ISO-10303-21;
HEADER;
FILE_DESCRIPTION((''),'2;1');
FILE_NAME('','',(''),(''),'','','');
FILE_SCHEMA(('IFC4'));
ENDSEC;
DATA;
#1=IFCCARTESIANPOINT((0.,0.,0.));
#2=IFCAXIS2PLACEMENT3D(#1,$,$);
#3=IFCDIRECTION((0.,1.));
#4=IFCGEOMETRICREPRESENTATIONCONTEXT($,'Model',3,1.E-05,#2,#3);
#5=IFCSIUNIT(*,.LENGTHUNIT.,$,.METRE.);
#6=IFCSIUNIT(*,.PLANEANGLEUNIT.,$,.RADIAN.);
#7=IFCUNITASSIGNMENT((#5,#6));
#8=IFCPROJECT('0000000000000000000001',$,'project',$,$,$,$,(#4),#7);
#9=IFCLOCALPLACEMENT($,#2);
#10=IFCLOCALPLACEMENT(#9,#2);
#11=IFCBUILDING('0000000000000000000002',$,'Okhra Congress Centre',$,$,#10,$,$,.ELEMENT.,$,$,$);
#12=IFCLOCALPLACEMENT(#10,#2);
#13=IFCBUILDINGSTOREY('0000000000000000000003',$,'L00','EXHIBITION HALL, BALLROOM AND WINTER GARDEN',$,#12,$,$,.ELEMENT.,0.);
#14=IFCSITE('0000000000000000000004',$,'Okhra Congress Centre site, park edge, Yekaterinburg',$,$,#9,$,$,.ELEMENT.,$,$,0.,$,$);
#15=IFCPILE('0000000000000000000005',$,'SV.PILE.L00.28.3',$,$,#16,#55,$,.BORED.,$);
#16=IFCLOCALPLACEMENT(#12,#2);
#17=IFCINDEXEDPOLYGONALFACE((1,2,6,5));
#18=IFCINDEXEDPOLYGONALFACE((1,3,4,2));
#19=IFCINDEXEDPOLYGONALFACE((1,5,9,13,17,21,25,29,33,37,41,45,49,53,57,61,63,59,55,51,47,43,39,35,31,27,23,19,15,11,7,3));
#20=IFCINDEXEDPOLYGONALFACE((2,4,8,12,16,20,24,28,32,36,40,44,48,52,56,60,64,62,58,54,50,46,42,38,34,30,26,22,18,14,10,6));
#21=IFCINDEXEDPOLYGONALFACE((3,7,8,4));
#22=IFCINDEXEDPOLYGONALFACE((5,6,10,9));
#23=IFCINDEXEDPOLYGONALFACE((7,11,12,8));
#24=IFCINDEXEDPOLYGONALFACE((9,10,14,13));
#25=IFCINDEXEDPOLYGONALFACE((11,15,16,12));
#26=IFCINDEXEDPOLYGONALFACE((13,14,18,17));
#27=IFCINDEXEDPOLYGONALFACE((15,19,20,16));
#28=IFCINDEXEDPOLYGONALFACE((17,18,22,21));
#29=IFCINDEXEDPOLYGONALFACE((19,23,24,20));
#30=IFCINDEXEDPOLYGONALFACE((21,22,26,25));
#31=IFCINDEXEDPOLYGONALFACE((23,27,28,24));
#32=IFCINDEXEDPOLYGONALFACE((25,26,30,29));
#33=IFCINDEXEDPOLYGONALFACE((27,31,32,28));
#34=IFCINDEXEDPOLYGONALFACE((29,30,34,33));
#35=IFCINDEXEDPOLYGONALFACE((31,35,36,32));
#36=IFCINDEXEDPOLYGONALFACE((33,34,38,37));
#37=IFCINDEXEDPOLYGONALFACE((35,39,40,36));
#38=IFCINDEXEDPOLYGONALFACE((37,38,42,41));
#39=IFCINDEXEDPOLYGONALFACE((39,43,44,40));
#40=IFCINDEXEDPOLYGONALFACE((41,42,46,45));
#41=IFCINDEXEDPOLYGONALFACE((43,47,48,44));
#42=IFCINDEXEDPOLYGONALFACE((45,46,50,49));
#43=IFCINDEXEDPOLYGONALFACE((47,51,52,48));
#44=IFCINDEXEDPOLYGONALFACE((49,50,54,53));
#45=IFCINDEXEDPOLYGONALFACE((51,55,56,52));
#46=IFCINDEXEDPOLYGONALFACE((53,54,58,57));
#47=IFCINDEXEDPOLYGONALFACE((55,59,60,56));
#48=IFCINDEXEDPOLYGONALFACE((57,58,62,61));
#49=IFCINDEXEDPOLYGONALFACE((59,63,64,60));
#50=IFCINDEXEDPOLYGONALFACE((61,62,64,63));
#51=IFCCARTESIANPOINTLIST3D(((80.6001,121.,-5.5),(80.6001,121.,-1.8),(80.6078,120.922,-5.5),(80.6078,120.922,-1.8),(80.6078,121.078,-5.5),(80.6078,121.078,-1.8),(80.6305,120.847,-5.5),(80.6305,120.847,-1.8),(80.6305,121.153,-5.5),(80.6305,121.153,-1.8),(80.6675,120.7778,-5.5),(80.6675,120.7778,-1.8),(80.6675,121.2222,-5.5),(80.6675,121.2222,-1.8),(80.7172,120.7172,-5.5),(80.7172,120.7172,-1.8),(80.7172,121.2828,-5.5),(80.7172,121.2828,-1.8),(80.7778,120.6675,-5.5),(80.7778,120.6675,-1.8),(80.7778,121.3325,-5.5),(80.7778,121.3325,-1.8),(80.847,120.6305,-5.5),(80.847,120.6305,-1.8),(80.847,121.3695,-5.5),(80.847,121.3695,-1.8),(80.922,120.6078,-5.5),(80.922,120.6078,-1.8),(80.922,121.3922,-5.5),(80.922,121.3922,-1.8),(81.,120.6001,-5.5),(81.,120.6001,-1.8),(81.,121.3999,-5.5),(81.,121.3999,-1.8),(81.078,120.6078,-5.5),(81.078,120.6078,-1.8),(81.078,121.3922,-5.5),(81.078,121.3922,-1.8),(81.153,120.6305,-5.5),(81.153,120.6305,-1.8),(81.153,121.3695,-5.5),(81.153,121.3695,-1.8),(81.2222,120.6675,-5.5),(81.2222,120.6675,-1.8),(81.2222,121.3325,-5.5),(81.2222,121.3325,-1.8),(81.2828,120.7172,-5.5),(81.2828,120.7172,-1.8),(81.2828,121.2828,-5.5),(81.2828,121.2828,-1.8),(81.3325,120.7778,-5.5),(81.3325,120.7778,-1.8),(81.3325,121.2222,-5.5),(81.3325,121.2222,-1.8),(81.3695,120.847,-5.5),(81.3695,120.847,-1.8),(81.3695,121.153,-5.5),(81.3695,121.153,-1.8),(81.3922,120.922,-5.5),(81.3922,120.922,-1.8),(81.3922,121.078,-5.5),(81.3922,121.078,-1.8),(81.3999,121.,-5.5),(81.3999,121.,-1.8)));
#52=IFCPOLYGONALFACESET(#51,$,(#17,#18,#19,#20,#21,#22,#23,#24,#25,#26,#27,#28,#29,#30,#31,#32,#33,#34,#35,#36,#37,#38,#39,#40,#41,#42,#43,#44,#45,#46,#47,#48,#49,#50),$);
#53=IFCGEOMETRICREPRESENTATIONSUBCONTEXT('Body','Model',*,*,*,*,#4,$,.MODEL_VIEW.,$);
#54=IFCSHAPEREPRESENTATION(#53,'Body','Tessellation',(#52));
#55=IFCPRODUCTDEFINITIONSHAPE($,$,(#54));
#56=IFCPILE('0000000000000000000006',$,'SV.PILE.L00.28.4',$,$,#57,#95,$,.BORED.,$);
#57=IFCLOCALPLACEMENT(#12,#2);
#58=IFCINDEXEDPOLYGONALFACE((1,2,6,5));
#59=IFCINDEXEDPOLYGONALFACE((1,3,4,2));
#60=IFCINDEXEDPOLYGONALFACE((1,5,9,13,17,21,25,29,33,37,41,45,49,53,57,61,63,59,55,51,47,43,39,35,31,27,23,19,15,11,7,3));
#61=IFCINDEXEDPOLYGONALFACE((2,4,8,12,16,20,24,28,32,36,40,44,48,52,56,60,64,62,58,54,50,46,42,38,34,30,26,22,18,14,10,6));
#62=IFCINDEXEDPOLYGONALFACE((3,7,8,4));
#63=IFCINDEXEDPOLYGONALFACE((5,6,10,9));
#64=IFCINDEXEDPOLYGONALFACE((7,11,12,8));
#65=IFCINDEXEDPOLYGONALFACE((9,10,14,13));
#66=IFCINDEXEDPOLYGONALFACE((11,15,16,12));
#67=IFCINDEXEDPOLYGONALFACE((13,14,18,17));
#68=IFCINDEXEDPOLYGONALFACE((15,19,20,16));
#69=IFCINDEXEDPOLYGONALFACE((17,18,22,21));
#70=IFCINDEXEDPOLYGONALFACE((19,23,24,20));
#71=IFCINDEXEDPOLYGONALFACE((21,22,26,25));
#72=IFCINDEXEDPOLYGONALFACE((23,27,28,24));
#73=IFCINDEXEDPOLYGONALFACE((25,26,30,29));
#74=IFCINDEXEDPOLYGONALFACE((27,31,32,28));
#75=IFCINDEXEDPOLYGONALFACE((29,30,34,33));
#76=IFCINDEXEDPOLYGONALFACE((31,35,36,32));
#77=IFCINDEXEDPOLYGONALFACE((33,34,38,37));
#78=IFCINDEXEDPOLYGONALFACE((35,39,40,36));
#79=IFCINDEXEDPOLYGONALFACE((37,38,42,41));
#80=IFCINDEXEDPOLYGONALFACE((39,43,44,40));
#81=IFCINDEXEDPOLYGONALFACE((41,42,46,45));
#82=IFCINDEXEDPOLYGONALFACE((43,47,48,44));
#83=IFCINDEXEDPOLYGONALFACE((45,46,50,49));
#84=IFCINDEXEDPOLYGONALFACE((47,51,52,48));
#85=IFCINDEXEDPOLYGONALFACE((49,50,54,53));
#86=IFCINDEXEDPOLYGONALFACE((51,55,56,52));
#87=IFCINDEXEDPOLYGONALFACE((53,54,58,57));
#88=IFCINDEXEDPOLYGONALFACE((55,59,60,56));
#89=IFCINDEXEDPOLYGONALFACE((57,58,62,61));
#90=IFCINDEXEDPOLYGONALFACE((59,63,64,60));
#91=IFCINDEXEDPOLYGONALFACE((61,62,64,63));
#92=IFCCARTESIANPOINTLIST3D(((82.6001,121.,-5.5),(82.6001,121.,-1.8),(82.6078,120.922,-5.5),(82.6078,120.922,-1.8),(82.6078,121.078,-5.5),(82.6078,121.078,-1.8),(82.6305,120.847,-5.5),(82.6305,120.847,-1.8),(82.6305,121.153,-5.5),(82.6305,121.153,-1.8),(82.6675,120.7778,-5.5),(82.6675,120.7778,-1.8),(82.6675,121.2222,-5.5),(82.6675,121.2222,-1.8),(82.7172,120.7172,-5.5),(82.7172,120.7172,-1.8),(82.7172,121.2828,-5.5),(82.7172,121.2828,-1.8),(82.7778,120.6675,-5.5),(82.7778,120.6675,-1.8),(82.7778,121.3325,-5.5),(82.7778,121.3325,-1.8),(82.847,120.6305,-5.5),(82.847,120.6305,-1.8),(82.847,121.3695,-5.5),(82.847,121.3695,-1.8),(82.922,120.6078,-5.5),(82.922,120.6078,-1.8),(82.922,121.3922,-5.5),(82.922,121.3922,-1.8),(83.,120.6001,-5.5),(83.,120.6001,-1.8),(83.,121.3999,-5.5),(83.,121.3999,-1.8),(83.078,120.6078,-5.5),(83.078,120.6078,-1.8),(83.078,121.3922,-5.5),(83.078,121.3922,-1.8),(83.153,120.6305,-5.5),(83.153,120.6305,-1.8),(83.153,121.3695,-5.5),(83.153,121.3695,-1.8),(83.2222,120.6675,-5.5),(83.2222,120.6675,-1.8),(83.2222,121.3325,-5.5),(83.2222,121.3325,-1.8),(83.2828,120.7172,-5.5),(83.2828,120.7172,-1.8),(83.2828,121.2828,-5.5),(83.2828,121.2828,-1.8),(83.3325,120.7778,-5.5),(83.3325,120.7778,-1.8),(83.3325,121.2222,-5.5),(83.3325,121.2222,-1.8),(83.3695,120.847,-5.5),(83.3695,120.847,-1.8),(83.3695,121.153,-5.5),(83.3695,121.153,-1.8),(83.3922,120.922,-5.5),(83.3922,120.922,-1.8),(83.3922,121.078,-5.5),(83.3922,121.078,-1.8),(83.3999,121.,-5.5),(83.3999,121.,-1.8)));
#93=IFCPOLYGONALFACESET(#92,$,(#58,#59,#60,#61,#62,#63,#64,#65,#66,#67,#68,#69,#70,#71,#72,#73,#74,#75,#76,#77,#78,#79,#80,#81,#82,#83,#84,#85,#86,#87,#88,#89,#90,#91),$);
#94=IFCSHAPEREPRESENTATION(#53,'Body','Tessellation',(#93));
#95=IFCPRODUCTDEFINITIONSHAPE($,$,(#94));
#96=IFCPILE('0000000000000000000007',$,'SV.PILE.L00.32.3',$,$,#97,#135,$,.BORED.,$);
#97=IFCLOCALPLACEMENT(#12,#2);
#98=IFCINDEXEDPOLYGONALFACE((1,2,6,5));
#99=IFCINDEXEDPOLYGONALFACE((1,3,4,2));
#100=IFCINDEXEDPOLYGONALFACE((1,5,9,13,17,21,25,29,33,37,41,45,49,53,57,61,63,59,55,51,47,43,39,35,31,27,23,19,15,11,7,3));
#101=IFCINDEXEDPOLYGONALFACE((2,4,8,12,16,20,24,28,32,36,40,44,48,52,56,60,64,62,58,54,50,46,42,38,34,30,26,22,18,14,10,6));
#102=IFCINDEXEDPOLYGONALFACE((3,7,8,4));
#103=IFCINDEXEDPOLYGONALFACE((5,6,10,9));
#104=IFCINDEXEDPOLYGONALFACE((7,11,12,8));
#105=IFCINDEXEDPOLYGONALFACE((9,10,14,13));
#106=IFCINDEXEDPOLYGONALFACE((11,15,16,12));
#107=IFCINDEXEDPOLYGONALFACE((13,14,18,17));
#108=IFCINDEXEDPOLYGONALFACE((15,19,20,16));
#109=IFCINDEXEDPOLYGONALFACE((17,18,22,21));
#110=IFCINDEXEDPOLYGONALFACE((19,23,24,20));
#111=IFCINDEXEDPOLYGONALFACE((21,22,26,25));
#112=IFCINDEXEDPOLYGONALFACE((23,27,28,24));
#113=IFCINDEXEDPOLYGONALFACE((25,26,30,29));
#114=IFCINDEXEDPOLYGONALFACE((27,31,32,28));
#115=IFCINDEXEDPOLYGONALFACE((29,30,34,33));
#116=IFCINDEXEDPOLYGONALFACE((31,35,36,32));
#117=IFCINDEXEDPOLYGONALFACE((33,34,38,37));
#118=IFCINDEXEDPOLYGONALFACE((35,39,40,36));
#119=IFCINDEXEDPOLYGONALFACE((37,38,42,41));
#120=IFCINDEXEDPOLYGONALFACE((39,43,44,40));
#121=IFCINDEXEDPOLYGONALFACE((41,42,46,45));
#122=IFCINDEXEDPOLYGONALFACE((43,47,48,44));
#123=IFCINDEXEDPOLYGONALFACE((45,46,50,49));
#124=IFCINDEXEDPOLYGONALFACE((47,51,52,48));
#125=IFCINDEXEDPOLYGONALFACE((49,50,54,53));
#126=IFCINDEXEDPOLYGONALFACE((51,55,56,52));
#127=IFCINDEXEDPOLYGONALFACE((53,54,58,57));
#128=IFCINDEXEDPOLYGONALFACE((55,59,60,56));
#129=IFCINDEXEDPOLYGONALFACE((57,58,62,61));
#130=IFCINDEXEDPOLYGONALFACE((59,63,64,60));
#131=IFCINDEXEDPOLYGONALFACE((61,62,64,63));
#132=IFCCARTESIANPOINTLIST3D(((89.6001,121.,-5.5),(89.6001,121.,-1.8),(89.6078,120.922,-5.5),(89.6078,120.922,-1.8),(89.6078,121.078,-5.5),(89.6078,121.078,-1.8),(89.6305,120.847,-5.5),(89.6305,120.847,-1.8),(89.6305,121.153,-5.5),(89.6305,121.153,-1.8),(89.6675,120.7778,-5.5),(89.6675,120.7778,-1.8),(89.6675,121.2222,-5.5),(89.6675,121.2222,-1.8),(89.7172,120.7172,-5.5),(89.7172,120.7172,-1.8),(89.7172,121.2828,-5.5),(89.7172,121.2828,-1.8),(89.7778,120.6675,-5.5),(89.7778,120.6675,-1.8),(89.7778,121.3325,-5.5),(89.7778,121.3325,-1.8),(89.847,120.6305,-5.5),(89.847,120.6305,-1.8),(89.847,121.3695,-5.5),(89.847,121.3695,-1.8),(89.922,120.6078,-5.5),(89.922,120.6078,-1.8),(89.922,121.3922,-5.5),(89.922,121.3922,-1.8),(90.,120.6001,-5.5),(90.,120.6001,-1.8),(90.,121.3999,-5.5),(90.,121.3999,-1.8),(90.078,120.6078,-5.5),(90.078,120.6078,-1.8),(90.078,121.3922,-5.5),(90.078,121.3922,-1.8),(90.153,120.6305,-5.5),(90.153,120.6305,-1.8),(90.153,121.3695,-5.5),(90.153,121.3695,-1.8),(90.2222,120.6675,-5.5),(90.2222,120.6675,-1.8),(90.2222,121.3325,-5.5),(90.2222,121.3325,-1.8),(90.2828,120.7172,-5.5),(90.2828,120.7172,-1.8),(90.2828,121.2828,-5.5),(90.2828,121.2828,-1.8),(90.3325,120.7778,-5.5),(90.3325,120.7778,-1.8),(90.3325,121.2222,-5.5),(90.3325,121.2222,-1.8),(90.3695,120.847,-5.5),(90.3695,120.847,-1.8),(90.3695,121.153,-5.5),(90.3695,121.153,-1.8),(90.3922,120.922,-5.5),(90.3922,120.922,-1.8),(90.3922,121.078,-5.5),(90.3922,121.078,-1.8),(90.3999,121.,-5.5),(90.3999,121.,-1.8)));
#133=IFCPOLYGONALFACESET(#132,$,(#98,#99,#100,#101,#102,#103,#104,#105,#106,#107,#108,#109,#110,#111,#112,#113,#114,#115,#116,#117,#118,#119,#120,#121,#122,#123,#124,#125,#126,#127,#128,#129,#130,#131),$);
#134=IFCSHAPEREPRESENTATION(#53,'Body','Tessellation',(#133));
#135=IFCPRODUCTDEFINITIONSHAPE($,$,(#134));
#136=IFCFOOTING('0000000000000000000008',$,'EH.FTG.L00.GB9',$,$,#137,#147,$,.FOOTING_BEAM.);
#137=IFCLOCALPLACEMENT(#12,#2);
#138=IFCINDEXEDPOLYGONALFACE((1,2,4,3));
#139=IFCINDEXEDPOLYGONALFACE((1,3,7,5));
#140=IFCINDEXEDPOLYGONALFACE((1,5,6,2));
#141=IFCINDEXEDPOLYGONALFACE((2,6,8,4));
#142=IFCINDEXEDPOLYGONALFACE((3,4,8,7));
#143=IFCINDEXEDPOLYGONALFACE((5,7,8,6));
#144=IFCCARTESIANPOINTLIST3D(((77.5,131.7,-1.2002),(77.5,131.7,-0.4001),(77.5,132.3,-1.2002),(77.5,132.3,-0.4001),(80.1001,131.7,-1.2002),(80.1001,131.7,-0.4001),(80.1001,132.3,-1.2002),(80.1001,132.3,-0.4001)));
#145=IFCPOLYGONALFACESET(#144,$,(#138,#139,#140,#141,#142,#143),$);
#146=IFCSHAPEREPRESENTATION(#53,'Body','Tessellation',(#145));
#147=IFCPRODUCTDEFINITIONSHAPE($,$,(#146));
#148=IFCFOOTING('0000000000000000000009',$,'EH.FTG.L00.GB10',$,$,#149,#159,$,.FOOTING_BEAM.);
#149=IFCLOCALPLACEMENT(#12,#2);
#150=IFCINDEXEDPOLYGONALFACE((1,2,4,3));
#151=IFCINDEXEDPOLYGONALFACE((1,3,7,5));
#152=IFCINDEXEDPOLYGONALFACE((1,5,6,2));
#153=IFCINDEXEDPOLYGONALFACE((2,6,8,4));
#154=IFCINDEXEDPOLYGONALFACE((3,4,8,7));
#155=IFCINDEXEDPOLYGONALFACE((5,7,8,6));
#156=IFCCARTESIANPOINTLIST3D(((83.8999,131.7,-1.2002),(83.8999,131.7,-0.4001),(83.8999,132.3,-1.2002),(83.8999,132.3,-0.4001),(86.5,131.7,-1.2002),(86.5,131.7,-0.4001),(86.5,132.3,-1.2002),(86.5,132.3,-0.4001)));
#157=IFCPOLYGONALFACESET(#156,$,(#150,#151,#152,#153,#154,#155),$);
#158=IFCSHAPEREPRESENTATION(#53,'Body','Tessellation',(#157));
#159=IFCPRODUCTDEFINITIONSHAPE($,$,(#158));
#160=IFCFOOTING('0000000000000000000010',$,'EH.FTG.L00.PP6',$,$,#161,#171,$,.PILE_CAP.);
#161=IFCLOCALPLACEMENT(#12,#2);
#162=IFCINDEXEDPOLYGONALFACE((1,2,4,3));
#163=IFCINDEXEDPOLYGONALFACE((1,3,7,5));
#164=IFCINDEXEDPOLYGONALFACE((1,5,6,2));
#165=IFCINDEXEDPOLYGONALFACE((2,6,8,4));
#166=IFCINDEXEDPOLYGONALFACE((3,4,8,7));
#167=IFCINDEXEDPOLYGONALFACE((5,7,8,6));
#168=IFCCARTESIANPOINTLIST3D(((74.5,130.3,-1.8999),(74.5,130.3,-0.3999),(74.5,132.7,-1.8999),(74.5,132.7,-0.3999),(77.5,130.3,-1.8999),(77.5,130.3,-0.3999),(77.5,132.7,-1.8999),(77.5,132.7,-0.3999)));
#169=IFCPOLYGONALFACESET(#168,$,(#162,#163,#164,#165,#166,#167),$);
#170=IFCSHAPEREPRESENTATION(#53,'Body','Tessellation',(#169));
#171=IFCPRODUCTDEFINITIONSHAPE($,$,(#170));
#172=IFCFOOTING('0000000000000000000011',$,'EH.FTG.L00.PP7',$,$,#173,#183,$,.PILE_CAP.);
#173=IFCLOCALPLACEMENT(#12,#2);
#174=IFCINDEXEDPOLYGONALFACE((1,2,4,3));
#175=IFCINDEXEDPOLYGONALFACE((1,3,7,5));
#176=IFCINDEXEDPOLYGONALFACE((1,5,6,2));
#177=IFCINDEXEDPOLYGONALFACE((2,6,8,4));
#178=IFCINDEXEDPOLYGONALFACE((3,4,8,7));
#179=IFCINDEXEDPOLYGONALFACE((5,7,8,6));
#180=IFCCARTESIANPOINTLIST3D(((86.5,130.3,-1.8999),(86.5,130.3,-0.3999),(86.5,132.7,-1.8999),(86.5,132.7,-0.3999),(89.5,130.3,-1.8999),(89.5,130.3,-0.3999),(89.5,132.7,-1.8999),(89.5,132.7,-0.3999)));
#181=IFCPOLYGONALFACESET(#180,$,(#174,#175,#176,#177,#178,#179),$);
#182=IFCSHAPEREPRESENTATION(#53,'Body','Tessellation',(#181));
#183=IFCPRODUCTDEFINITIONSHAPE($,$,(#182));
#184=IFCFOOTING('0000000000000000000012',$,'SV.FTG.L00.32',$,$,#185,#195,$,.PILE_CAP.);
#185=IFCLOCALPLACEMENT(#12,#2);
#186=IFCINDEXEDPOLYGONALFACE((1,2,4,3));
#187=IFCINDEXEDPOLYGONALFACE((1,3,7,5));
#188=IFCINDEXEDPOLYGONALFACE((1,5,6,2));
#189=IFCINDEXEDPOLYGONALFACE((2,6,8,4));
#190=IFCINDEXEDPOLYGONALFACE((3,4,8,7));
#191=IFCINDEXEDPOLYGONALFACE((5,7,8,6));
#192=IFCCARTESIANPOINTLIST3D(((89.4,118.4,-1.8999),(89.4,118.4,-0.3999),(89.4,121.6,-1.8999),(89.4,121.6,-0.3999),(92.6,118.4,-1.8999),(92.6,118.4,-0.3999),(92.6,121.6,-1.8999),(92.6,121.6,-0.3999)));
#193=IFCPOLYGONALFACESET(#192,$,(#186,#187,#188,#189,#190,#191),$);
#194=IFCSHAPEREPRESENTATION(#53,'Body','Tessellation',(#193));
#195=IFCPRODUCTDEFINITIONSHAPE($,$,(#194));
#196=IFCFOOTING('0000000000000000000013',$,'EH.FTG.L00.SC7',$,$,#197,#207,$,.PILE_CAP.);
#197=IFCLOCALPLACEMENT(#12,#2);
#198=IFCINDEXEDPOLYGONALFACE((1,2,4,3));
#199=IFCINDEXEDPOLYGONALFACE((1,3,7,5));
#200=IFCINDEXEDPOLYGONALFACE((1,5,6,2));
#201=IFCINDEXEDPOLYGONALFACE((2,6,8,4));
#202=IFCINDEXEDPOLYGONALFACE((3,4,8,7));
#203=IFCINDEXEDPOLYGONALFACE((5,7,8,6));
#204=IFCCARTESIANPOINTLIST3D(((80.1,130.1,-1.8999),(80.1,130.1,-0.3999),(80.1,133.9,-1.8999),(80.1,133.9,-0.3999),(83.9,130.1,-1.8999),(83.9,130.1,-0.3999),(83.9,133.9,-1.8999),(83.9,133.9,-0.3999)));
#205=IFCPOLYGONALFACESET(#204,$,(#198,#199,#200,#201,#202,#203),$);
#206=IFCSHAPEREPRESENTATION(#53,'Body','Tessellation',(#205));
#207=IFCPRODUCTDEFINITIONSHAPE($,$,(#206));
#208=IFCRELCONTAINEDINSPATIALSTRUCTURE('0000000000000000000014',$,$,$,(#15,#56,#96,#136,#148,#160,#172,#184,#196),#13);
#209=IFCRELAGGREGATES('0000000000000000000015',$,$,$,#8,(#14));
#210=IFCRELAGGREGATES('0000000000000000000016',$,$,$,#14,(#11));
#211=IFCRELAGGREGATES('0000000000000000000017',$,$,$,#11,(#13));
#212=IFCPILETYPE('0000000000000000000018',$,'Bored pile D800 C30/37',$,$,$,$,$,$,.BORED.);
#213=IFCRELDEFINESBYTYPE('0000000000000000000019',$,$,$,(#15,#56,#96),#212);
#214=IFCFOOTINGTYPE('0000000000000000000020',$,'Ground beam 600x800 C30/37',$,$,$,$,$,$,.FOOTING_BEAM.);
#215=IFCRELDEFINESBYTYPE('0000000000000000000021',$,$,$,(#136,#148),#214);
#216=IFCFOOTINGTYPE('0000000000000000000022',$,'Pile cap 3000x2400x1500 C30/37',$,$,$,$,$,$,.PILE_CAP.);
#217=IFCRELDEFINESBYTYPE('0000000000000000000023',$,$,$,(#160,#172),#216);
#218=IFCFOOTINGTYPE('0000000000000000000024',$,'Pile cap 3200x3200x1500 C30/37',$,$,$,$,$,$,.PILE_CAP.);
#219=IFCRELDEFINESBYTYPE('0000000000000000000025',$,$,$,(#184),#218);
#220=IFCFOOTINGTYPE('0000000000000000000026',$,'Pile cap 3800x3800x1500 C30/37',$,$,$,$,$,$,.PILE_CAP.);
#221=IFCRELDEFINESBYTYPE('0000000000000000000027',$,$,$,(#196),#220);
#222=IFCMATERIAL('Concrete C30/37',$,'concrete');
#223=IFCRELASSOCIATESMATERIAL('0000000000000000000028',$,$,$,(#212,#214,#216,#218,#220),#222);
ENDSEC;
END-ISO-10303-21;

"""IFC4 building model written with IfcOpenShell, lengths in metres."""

from ifc_helpers import new_model, si_unit, direction, frame, origin, origin_2d, place, context, subcontext, project, spatial, rectangle, circle, extrude, material, material_profile, profile_set, type_object, element, save


model = new_model("IFC4")

# Units and contexts
model_context = context("Model", 3, precision=1e-05, world=origin(), true_north=direction((0.0, 1.0)))
body_context = subcontext(model_context, "Body", "Model", "MODEL_VIEW")
ifc_project = project(units=[si_unit("LENGTHUNIT", "METRE"), si_unit("PLANEANGLEUNIT", "RADIAN")], contexts=[model_context])

# Site, building, storey
site_placement = place(None, origin())
site = spatial("IfcSite", under=ifc_project, at=site_placement, Name="Okhra Congress Centre site, park edge, Yekaterinburg", CompositionType="ELEMENT", RefElevation=0.0)
building_placement = place(site_placement, origin())
building = spatial("IfcBuilding", under=site, at=building_placement, Name="Okhra Congress Centre", CompositionType="ELEMENT")
storey_placement = place(building_placement, origin())
storey = spatial("IfcBuildingStorey", under=building, at=storey_placement, Name="L00", Description="EXHIBITION HALL, BALLROOM AND WINTER GARDEN", CompositionType="ELEMENT", Elevation=0.0)

# Piles
ifc_material_1 = material(Name="Concrete C30/37", Category="concrete")
ifc_material_profile_1 = material_profile(ifc_material_1, circle(Radius=0.3999, at=origin_2d()), Name="D800")
ifc_profile_set_1 = profile_set([ifc_material_profile_1], Name="Concrete C30/37")
pile_type_1 = type_object("IfcPileType", Name="Bored pile D800 C30/37", PredefinedType="BORED", material=ifc_profile_set_1)
for number, where, z_axis, x_axis, name in (
    (1, (81.0, 121.0, -1.8), (0.0, 0.0, -1.0), (1.0, 0.0, 0.0), "SV.PILE.L00.28.3"),
    (2, (83.0, 121.0, -1.8), (0.0, 0.0, -1.0), (1.0, 0.0, 0.0), "SV.PILE.L00.28.4"),
    (3, (90.0, 121.0, -1.8), (0.0, 0.0, -1.0), (1.0, 0.0, 0.0), "SV.PILE.L00.32.3"),
):
    element("IfcPile", number, at=place(storey_placement, frame(where, z_axis=z_axis, x_axis=x_axis)), inside=storey, type_object=pile_type_1, Name=name, PredefinedType="BORED", context=body_context, shape_type="SweptSolid", body=[
        extrude(circle(Radius=0.3999, at=origin_2d()), origin(), (0.0, 0.0, 1.0), 3.7),
    ])

# Footings
footing_type_1 = type_object("IfcFootingType", Name="Ground beam 600x800 C30/37", PredefinedType="FOOTING_BEAM", material=ifc_material_1)
for number, where, z_axis, x_axis, name in (
    (4, (78.8, 132.0, -1.2002), (0.0, 0.0, 1.0), (1.0, 0.0, 0.0), "EH.FTG.L00.GB9"),
    (5, (85.2, 132.0, -1.2002), (0.0, 0.0, 1.0), (1.0, 0.0, 0.0), "EH.FTG.L00.GB10"),
):
    element("IfcFooting", number, at=place(storey_placement, frame(where, z_axis=z_axis, x_axis=x_axis)), inside=storey, type_object=footing_type_1, Name=name, PredefinedType="FOOTING_BEAM", context=body_context, shape_type="SweptSolid", body=[
        extrude(rectangle(XDim=2.6001, YDim=0.6001, at=origin_2d()), origin(), (0.0, 0.0, 1.0), 0.8),
    ])
footing_type_2 = type_object("IfcFootingType", Name="Pile cap 3000x2400x1500 C30/37", PredefinedType="PILE_CAP", material=ifc_material_1)
for number, where, z_axis, x_axis, name in (
    (6, (76.0, 131.5, -1.8999), (0.0, 0.0, 1.0), (1.0, 0.0, 0.0), "EH.FTG.L00.PP6"),
    (7, (88.0, 131.5, -1.8999), (0.0, 0.0, 1.0), (1.0, 0.0, 0.0), "EH.FTG.L00.PP7"),
):
    element("IfcFooting", number, at=place(storey_placement, frame(where, z_axis=z_axis, x_axis=x_axis)), inside=storey, type_object=footing_type_2, Name=name, PredefinedType="PILE_CAP", context=body_context, shape_type="SweptSolid", body=[
        extrude(rectangle(XDim=3.0, YDim=2.3999, at=origin_2d()), origin(), (0.0, 0.0, 1.0), 1.5),
    ])
footing_type_3 = type_object("IfcFootingType", Name="Pile cap 3200x3200x1500 C30/37", PredefinedType="PILE_CAP", material=ifc_material_1)
footing_placement = place(storey_placement, frame((91.0, 120.0, -1.8999), z_axis=(0.0, 0.0, 1.0), x_axis=(1.0, 0.0, 0.0)))
element("IfcFooting", 8, at=footing_placement, inside=storey, type_object=footing_type_3, Name="SV.FTG.L00.32", PredefinedType="PILE_CAP", context=body_context, shape_type="SweptSolid", body=[
    extrude(rectangle(XDim=3.2, YDim=3.2, at=origin_2d()), origin(), (0.0, 0.0, 1.0), 1.5),
])
footing_type_4 = type_object("IfcFootingType", Name="Pile cap 3800x3800x1500 C30/37", PredefinedType="PILE_CAP", material=ifc_material_1)
for number, where, z_axis, x_axis, name in (
    (9, (82.0, 132.0, -1.8999), (0.0, 0.0, 1.0), (1.0, 0.0, 0.0), "EH.FTG.L00.SC7"),
):
    element("IfcFooting", number, at=place(storey_placement, frame(where, z_axis=z_axis, x_axis=x_axis)), inside=storey, type_object=footing_type_4, Name=name, PredefinedType="PILE_CAP", context=body_context, shape_type="SweptSolid", body=[
        extrude(rectangle(XDim=3.8, YDim=3.8, at=origin_2d()), origin(), (0.0, 0.0, 1.0), 1.5),
    ])

save(model, "model.ifc")
